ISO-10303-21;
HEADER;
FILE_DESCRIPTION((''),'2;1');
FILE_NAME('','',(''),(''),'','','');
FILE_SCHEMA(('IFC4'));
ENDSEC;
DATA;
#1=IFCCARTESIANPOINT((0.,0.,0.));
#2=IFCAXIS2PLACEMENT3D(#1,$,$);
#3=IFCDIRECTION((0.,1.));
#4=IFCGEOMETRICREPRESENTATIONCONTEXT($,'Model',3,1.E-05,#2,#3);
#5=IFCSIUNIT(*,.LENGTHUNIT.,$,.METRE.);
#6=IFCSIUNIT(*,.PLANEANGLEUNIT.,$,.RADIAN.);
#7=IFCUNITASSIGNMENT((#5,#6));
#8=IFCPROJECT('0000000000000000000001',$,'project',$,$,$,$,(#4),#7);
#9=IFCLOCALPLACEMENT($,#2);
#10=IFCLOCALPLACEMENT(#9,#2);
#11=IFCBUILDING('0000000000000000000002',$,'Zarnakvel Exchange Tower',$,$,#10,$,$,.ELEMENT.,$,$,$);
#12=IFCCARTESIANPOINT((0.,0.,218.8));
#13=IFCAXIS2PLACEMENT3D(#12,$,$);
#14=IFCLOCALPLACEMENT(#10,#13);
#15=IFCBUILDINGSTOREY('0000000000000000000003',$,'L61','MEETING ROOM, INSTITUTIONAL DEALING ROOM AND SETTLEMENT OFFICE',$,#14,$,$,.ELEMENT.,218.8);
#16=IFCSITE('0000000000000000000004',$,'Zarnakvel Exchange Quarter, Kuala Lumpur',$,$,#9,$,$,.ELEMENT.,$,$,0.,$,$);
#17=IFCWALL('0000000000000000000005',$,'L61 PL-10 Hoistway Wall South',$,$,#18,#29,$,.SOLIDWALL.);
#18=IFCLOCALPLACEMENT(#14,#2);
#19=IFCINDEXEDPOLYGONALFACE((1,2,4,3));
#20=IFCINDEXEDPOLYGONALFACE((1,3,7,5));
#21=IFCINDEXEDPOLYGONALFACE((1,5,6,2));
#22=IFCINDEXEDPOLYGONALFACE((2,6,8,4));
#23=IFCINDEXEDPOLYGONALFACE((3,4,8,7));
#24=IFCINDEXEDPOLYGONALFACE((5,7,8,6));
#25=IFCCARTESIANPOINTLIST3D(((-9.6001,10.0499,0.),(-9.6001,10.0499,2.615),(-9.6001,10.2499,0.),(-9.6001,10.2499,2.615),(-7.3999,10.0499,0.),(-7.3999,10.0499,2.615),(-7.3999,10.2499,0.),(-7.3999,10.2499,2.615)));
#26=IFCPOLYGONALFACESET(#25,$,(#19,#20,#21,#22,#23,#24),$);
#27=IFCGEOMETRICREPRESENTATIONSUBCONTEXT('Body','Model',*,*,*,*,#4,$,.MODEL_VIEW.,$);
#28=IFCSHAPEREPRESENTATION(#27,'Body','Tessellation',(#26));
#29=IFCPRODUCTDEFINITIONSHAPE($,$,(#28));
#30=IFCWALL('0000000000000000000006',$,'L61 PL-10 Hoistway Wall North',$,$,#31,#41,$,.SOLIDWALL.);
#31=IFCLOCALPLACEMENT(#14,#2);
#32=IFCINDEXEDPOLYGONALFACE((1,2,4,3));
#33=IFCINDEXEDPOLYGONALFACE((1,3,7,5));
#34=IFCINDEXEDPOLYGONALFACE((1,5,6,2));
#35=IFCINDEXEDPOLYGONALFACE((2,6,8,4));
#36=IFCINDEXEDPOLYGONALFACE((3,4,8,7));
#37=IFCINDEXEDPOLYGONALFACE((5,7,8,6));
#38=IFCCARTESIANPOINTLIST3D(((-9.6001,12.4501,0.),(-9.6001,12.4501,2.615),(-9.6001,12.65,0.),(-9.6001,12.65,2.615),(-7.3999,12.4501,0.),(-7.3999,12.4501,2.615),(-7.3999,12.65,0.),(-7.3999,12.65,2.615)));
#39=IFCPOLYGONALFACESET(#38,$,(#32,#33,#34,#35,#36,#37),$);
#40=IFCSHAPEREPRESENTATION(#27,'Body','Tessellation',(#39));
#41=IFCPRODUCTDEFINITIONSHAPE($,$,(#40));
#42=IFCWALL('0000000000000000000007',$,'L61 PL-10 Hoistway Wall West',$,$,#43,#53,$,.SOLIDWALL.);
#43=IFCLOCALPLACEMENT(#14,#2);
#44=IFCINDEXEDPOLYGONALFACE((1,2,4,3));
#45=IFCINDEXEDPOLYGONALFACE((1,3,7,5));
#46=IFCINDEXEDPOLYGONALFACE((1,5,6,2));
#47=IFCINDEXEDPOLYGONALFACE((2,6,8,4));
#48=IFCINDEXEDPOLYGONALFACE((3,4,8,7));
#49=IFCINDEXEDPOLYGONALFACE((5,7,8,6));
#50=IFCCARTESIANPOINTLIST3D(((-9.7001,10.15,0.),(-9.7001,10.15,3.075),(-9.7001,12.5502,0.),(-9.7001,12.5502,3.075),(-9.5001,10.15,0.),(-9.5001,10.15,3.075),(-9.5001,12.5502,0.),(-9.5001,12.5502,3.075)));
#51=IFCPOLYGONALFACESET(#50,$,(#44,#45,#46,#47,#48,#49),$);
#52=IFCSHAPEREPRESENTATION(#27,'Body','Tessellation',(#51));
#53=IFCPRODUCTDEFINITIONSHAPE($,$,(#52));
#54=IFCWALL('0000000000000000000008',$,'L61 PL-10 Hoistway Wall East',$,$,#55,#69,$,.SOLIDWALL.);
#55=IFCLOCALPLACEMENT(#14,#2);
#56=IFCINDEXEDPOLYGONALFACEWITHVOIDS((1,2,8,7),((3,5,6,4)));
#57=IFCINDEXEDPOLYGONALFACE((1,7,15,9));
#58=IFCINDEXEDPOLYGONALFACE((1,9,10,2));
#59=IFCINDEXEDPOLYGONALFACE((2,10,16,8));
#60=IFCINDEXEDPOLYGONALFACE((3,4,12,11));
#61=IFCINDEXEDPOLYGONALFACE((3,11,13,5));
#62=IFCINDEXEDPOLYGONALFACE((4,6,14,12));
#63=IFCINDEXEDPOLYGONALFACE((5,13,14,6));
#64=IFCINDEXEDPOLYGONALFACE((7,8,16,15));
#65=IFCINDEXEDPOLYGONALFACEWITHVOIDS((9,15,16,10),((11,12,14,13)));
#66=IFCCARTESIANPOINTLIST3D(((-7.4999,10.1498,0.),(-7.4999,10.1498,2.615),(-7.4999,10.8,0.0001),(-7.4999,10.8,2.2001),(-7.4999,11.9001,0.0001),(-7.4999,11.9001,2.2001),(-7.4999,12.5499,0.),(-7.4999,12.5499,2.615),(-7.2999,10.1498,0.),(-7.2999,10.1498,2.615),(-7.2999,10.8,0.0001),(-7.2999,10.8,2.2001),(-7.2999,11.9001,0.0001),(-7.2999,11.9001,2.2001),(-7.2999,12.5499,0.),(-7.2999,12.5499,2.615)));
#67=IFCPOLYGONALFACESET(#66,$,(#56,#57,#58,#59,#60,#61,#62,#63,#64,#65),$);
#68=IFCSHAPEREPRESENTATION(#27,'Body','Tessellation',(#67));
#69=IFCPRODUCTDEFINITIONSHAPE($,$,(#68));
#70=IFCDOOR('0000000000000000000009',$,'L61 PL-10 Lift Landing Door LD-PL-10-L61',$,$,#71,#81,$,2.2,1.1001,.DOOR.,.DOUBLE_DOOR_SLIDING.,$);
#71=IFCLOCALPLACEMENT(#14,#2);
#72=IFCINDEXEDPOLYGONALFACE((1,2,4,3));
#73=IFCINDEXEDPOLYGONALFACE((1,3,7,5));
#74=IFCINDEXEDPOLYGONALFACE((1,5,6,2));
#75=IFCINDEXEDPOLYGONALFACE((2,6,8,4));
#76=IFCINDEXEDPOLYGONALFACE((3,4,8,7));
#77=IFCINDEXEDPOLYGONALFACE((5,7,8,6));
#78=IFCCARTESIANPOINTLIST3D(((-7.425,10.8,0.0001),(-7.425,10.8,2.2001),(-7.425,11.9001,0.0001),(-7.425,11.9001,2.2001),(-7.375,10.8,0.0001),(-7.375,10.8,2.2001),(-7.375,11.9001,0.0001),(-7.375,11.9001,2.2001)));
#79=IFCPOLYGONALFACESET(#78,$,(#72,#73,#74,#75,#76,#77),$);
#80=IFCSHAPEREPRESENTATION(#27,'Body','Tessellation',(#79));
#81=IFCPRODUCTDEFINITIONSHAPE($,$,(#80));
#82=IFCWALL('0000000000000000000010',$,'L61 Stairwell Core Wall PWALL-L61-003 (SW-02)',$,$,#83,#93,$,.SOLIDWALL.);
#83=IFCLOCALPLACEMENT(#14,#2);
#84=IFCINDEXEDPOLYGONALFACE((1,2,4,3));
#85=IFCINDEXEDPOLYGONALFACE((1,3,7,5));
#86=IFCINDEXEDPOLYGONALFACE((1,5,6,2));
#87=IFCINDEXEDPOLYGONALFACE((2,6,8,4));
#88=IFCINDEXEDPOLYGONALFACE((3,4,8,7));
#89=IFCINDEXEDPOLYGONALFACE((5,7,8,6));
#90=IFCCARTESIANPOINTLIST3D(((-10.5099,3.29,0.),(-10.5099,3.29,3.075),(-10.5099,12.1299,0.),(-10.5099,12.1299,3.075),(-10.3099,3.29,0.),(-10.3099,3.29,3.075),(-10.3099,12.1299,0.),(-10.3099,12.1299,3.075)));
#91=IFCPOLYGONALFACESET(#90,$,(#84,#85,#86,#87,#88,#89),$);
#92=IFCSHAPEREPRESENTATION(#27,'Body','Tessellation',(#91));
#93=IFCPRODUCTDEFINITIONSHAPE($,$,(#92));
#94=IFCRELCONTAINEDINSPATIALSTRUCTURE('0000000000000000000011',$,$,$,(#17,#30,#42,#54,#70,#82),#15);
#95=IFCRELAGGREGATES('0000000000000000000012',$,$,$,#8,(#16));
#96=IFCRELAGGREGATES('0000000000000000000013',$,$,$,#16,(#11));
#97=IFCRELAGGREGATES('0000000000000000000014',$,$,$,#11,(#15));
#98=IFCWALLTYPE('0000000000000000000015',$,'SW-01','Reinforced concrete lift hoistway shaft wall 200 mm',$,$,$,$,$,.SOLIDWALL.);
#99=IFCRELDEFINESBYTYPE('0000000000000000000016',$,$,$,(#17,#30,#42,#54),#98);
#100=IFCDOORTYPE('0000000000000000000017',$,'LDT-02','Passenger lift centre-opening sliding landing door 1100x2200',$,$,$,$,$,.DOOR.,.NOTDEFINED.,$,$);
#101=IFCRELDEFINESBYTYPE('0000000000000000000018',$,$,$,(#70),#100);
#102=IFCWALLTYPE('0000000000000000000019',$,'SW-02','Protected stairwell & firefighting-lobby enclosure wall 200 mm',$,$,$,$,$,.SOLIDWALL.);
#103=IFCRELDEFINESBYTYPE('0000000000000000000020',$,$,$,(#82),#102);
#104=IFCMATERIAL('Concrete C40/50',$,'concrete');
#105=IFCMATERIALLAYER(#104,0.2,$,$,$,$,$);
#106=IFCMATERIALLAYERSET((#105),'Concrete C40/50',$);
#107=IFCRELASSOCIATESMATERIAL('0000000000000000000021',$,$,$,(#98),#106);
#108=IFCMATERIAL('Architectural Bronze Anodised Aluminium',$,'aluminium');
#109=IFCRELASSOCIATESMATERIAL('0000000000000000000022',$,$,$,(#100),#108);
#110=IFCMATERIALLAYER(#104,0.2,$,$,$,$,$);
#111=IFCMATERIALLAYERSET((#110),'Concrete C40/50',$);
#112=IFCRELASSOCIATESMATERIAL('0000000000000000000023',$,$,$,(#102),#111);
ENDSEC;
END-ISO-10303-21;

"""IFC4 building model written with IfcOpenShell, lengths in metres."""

from ifc_helpers import new_model, si_unit, direction, frame, frame_2d, origin, place, context, subcontext, project, spatial, rectangle, extrude, source, transform, mapped, material, layer, layer_set, type_object, element, fill, save


model = new_model("IFC4")

# Units and contexts
model_context = context("Model", 3, precision=1e-05, world=origin(), true_north=direction((0.0, 1.0)))
body_context = subcontext(model_context, "Body", "Model", "MODEL_VIEW")
ifc_project = project(units=[si_unit("LENGTHUNIT", "METRE"), si_unit("PLANEANGLEUNIT", "RADIAN")], contexts=[model_context])

# Site, building, storey
site_placement = place(None, origin())
site = spatial("IfcSite", under=ifc_project, at=site_placement, Name="Zarnakvel Exchange Quarter, Kuala Lumpur", CompositionType="ELEMENT", RefElevation=0.0)
building_placement = place(site_placement, origin())
building = spatial("IfcBuilding", under=site, at=building_placement, Name="Zarnakvel Exchange Tower", CompositionType="ELEMENT")
storey_placement = place(building_placement, frame((0.0, 0.0, 218.8)))
storey = spatial("IfcBuildingStorey", under=building, at=storey_placement, Name="L61", Description="MEETING ROOM, INSTITUTIONAL DEALING ROOM AND SETTLEMENT OFFICE", CompositionType="ELEMENT", Elevation=218.8)

# Shared definitions
ifc_material_1 = material(Name="Architectural Bronze Anodised Aluminium", Category="aluminium")

# Shared definitions
ifc_material_2 = material(Name="Concrete C40/50", Category="concrete")
ifc_layer_1 = layer(ifc_material_2, 0.2)
ifc_layer_set_1 = layer_set([ifc_layer_1], Name="Concrete C40/50")
wall_type_1 = type_object("IfcWallType", Name="SW-01", Description="Reinforced concrete lift hoistway shaft wall 200 mm", PredefinedType="SOLIDWALL", material=ifc_layer_set_1)

# Shared definitions
door_type = type_object("IfcDoorType", Name="LDT-02", Description="Passenger lift centre-opening sliding landing door 1100x2200", OperationType="NOTDEFINED", PredefinedType="DOOR", material=ifc_material_1)
shared_shape_1 = source(origin(), body_context, "Body", "SweptSolid", [
    extrude(rectangle(XDim=1.1001, YDim=2.2, at=frame_2d((0.55, 1.1001))), frame((0.0, 0.0249, 0.0), z_axis=(0.0, -1.0, 0.0), x_axis=(1.0, 0.0, 0.0)), (0.0, 0.0, 1.0), 0.05),
])

# Walls
for number, where, z_axis, x_axis, name in (
    (1, (-7.3999, 10.1499, 0.0), (0.0, 0.0, 1.0), (-1.0, 0.0, 0.0), "L61 PL-10 Hoistway Wall South"),
    (2, (-9.6001, 12.55, 0.0), (0.0, 0.0, 1.0), (1.0, 0.0, 0.0), "L61 PL-10 Hoistway Wall North"),
):
    element("IfcWall", number, at=place(storey_placement, frame(where, z_axis=z_axis, x_axis=x_axis)), inside=storey, type_object=wall_type_1, Name=name, PredefinedType="SOLIDWALL", context=body_context, shape_type="SweptSolid", body=[
        extrude(rectangle(XDim=2.2002, YDim=0.2, at=frame_2d((1.1001, 0.0))), origin(), (0.0, 0.0, 1.0), 2.615),
    ])
wall_1_placement = place(storey_placement, frame((-9.6001, 10.1499, 0.0), z_axis=(0.0, 0.0, 1.0), x_axis=(0.0, 1.0, 0.0)))
element("IfcWall", 3, at=wall_1_placement, inside=storey, type_object=wall_type_1, Name="L61 PL-10 Hoistway Wall West", PredefinedType="SOLIDWALL", context=body_context, shape_type="SweptSolid", body=[
    extrude(rectangle(XDim=2.4001, YDim=0.2, at=frame_2d((1.2002, 0.0))), origin(), (0.0, 0.0, 1.0), 3.075),
])

# Wall, opening, door
wall_2_placement = place(storey_placement, frame((-7.3999, 12.55, 0.0), z_axis=(0.0, 0.0, 1.0), x_axis=(0.0, -1.0, 0.0)))
wall_2 = element("IfcWall", 4, at=wall_2_placement, inside=storey, type_object=wall_type_1, Name="L61 PL-10 Hoistway Wall East", PredefinedType="SOLIDWALL", context=body_context, shape_type="SweptSolid", body=[
    extrude(rectangle(XDim=2.4001, YDim=0.2, at=frame_2d((1.2002, 0.0))), origin(), (0.0, 0.0, 1.0), 2.615),
])
opening_1_placement = place(wall_2_placement, frame((0.6499, 0.0, 0.0)))
opening_1 = element("IfcOpeningElement", 5, at=opening_1_placement, cuts=wall_2, PredefinedType="OPENING", context=body_context, shape_type="SweptSolid", body=[
    extrude(rectangle(XDim=1.1001, YDim=2.2, at=frame_2d((0.55, 1.1001))), frame((0.0, 0.1099, 0.0), z_axis=(0.0, -1.0, 0.0), x_axis=(1.0, 0.0, 0.0)), (0.0, 0.0, 1.0), 0.22),
])
door_1_placement = place(opening_1_placement, origin())
door_1 = element("IfcDoor", 6, at=door_1_placement, inside=storey, type_object=door_type, Name="L61 PL-10 Lift Landing Door LD-PL-10-L61", OperationType="DOUBLE_DOOR_SLIDING", OverallHeight=2.2, OverallWidth=1.1001, PredefinedType="DOOR", context=body_context, shape_type="MappedRepresentation", body=[
    mapped(shared_shape_1, transform((0.0, 0.0, 0.0), x_axis=(1.0, 0.0, 0.0), y_axis=(0.0, 1.0, 0.0), z_axis=(0.0, 0.0, 1.0), scale=1.0)),
])
fill(opening_1, door_1)

# Wall
ifc_layer_2 = layer(ifc_material_2, 0.2)
ifc_layer_set_2 = layer_set([ifc_layer_2], Name="Concrete C40/50")
wall_type_2 = type_object("IfcWallType", Name="SW-02", Description="Protected stairwell & firefighting-lobby enclosure wall 200 mm", PredefinedType="SOLIDWALL", material=ifc_layer_set_2)
wall_3_placement = place(storey_placement, frame((-10.4099, 12.1299, 0.0), z_axis=(0.0, 0.0, 1.0), x_axis=(0.0, -1.0, 0.0)))
element("IfcWall", 7, at=wall_3_placement, inside=storey, type_object=wall_type_2, Name="L61 Stairwell Core Wall PWALL-L61-003 (SW-02)", PredefinedType="SOLIDWALL", context=body_context, shape_type="SweptSolid", body=[
    extrude(rectangle(XDim=8.8398, YDim=0.2, at=frame_2d((4.4199, 0.0))), origin(), (0.0, 0.0, 1.0), 3.075),
])

save(model, "model.ifc")
